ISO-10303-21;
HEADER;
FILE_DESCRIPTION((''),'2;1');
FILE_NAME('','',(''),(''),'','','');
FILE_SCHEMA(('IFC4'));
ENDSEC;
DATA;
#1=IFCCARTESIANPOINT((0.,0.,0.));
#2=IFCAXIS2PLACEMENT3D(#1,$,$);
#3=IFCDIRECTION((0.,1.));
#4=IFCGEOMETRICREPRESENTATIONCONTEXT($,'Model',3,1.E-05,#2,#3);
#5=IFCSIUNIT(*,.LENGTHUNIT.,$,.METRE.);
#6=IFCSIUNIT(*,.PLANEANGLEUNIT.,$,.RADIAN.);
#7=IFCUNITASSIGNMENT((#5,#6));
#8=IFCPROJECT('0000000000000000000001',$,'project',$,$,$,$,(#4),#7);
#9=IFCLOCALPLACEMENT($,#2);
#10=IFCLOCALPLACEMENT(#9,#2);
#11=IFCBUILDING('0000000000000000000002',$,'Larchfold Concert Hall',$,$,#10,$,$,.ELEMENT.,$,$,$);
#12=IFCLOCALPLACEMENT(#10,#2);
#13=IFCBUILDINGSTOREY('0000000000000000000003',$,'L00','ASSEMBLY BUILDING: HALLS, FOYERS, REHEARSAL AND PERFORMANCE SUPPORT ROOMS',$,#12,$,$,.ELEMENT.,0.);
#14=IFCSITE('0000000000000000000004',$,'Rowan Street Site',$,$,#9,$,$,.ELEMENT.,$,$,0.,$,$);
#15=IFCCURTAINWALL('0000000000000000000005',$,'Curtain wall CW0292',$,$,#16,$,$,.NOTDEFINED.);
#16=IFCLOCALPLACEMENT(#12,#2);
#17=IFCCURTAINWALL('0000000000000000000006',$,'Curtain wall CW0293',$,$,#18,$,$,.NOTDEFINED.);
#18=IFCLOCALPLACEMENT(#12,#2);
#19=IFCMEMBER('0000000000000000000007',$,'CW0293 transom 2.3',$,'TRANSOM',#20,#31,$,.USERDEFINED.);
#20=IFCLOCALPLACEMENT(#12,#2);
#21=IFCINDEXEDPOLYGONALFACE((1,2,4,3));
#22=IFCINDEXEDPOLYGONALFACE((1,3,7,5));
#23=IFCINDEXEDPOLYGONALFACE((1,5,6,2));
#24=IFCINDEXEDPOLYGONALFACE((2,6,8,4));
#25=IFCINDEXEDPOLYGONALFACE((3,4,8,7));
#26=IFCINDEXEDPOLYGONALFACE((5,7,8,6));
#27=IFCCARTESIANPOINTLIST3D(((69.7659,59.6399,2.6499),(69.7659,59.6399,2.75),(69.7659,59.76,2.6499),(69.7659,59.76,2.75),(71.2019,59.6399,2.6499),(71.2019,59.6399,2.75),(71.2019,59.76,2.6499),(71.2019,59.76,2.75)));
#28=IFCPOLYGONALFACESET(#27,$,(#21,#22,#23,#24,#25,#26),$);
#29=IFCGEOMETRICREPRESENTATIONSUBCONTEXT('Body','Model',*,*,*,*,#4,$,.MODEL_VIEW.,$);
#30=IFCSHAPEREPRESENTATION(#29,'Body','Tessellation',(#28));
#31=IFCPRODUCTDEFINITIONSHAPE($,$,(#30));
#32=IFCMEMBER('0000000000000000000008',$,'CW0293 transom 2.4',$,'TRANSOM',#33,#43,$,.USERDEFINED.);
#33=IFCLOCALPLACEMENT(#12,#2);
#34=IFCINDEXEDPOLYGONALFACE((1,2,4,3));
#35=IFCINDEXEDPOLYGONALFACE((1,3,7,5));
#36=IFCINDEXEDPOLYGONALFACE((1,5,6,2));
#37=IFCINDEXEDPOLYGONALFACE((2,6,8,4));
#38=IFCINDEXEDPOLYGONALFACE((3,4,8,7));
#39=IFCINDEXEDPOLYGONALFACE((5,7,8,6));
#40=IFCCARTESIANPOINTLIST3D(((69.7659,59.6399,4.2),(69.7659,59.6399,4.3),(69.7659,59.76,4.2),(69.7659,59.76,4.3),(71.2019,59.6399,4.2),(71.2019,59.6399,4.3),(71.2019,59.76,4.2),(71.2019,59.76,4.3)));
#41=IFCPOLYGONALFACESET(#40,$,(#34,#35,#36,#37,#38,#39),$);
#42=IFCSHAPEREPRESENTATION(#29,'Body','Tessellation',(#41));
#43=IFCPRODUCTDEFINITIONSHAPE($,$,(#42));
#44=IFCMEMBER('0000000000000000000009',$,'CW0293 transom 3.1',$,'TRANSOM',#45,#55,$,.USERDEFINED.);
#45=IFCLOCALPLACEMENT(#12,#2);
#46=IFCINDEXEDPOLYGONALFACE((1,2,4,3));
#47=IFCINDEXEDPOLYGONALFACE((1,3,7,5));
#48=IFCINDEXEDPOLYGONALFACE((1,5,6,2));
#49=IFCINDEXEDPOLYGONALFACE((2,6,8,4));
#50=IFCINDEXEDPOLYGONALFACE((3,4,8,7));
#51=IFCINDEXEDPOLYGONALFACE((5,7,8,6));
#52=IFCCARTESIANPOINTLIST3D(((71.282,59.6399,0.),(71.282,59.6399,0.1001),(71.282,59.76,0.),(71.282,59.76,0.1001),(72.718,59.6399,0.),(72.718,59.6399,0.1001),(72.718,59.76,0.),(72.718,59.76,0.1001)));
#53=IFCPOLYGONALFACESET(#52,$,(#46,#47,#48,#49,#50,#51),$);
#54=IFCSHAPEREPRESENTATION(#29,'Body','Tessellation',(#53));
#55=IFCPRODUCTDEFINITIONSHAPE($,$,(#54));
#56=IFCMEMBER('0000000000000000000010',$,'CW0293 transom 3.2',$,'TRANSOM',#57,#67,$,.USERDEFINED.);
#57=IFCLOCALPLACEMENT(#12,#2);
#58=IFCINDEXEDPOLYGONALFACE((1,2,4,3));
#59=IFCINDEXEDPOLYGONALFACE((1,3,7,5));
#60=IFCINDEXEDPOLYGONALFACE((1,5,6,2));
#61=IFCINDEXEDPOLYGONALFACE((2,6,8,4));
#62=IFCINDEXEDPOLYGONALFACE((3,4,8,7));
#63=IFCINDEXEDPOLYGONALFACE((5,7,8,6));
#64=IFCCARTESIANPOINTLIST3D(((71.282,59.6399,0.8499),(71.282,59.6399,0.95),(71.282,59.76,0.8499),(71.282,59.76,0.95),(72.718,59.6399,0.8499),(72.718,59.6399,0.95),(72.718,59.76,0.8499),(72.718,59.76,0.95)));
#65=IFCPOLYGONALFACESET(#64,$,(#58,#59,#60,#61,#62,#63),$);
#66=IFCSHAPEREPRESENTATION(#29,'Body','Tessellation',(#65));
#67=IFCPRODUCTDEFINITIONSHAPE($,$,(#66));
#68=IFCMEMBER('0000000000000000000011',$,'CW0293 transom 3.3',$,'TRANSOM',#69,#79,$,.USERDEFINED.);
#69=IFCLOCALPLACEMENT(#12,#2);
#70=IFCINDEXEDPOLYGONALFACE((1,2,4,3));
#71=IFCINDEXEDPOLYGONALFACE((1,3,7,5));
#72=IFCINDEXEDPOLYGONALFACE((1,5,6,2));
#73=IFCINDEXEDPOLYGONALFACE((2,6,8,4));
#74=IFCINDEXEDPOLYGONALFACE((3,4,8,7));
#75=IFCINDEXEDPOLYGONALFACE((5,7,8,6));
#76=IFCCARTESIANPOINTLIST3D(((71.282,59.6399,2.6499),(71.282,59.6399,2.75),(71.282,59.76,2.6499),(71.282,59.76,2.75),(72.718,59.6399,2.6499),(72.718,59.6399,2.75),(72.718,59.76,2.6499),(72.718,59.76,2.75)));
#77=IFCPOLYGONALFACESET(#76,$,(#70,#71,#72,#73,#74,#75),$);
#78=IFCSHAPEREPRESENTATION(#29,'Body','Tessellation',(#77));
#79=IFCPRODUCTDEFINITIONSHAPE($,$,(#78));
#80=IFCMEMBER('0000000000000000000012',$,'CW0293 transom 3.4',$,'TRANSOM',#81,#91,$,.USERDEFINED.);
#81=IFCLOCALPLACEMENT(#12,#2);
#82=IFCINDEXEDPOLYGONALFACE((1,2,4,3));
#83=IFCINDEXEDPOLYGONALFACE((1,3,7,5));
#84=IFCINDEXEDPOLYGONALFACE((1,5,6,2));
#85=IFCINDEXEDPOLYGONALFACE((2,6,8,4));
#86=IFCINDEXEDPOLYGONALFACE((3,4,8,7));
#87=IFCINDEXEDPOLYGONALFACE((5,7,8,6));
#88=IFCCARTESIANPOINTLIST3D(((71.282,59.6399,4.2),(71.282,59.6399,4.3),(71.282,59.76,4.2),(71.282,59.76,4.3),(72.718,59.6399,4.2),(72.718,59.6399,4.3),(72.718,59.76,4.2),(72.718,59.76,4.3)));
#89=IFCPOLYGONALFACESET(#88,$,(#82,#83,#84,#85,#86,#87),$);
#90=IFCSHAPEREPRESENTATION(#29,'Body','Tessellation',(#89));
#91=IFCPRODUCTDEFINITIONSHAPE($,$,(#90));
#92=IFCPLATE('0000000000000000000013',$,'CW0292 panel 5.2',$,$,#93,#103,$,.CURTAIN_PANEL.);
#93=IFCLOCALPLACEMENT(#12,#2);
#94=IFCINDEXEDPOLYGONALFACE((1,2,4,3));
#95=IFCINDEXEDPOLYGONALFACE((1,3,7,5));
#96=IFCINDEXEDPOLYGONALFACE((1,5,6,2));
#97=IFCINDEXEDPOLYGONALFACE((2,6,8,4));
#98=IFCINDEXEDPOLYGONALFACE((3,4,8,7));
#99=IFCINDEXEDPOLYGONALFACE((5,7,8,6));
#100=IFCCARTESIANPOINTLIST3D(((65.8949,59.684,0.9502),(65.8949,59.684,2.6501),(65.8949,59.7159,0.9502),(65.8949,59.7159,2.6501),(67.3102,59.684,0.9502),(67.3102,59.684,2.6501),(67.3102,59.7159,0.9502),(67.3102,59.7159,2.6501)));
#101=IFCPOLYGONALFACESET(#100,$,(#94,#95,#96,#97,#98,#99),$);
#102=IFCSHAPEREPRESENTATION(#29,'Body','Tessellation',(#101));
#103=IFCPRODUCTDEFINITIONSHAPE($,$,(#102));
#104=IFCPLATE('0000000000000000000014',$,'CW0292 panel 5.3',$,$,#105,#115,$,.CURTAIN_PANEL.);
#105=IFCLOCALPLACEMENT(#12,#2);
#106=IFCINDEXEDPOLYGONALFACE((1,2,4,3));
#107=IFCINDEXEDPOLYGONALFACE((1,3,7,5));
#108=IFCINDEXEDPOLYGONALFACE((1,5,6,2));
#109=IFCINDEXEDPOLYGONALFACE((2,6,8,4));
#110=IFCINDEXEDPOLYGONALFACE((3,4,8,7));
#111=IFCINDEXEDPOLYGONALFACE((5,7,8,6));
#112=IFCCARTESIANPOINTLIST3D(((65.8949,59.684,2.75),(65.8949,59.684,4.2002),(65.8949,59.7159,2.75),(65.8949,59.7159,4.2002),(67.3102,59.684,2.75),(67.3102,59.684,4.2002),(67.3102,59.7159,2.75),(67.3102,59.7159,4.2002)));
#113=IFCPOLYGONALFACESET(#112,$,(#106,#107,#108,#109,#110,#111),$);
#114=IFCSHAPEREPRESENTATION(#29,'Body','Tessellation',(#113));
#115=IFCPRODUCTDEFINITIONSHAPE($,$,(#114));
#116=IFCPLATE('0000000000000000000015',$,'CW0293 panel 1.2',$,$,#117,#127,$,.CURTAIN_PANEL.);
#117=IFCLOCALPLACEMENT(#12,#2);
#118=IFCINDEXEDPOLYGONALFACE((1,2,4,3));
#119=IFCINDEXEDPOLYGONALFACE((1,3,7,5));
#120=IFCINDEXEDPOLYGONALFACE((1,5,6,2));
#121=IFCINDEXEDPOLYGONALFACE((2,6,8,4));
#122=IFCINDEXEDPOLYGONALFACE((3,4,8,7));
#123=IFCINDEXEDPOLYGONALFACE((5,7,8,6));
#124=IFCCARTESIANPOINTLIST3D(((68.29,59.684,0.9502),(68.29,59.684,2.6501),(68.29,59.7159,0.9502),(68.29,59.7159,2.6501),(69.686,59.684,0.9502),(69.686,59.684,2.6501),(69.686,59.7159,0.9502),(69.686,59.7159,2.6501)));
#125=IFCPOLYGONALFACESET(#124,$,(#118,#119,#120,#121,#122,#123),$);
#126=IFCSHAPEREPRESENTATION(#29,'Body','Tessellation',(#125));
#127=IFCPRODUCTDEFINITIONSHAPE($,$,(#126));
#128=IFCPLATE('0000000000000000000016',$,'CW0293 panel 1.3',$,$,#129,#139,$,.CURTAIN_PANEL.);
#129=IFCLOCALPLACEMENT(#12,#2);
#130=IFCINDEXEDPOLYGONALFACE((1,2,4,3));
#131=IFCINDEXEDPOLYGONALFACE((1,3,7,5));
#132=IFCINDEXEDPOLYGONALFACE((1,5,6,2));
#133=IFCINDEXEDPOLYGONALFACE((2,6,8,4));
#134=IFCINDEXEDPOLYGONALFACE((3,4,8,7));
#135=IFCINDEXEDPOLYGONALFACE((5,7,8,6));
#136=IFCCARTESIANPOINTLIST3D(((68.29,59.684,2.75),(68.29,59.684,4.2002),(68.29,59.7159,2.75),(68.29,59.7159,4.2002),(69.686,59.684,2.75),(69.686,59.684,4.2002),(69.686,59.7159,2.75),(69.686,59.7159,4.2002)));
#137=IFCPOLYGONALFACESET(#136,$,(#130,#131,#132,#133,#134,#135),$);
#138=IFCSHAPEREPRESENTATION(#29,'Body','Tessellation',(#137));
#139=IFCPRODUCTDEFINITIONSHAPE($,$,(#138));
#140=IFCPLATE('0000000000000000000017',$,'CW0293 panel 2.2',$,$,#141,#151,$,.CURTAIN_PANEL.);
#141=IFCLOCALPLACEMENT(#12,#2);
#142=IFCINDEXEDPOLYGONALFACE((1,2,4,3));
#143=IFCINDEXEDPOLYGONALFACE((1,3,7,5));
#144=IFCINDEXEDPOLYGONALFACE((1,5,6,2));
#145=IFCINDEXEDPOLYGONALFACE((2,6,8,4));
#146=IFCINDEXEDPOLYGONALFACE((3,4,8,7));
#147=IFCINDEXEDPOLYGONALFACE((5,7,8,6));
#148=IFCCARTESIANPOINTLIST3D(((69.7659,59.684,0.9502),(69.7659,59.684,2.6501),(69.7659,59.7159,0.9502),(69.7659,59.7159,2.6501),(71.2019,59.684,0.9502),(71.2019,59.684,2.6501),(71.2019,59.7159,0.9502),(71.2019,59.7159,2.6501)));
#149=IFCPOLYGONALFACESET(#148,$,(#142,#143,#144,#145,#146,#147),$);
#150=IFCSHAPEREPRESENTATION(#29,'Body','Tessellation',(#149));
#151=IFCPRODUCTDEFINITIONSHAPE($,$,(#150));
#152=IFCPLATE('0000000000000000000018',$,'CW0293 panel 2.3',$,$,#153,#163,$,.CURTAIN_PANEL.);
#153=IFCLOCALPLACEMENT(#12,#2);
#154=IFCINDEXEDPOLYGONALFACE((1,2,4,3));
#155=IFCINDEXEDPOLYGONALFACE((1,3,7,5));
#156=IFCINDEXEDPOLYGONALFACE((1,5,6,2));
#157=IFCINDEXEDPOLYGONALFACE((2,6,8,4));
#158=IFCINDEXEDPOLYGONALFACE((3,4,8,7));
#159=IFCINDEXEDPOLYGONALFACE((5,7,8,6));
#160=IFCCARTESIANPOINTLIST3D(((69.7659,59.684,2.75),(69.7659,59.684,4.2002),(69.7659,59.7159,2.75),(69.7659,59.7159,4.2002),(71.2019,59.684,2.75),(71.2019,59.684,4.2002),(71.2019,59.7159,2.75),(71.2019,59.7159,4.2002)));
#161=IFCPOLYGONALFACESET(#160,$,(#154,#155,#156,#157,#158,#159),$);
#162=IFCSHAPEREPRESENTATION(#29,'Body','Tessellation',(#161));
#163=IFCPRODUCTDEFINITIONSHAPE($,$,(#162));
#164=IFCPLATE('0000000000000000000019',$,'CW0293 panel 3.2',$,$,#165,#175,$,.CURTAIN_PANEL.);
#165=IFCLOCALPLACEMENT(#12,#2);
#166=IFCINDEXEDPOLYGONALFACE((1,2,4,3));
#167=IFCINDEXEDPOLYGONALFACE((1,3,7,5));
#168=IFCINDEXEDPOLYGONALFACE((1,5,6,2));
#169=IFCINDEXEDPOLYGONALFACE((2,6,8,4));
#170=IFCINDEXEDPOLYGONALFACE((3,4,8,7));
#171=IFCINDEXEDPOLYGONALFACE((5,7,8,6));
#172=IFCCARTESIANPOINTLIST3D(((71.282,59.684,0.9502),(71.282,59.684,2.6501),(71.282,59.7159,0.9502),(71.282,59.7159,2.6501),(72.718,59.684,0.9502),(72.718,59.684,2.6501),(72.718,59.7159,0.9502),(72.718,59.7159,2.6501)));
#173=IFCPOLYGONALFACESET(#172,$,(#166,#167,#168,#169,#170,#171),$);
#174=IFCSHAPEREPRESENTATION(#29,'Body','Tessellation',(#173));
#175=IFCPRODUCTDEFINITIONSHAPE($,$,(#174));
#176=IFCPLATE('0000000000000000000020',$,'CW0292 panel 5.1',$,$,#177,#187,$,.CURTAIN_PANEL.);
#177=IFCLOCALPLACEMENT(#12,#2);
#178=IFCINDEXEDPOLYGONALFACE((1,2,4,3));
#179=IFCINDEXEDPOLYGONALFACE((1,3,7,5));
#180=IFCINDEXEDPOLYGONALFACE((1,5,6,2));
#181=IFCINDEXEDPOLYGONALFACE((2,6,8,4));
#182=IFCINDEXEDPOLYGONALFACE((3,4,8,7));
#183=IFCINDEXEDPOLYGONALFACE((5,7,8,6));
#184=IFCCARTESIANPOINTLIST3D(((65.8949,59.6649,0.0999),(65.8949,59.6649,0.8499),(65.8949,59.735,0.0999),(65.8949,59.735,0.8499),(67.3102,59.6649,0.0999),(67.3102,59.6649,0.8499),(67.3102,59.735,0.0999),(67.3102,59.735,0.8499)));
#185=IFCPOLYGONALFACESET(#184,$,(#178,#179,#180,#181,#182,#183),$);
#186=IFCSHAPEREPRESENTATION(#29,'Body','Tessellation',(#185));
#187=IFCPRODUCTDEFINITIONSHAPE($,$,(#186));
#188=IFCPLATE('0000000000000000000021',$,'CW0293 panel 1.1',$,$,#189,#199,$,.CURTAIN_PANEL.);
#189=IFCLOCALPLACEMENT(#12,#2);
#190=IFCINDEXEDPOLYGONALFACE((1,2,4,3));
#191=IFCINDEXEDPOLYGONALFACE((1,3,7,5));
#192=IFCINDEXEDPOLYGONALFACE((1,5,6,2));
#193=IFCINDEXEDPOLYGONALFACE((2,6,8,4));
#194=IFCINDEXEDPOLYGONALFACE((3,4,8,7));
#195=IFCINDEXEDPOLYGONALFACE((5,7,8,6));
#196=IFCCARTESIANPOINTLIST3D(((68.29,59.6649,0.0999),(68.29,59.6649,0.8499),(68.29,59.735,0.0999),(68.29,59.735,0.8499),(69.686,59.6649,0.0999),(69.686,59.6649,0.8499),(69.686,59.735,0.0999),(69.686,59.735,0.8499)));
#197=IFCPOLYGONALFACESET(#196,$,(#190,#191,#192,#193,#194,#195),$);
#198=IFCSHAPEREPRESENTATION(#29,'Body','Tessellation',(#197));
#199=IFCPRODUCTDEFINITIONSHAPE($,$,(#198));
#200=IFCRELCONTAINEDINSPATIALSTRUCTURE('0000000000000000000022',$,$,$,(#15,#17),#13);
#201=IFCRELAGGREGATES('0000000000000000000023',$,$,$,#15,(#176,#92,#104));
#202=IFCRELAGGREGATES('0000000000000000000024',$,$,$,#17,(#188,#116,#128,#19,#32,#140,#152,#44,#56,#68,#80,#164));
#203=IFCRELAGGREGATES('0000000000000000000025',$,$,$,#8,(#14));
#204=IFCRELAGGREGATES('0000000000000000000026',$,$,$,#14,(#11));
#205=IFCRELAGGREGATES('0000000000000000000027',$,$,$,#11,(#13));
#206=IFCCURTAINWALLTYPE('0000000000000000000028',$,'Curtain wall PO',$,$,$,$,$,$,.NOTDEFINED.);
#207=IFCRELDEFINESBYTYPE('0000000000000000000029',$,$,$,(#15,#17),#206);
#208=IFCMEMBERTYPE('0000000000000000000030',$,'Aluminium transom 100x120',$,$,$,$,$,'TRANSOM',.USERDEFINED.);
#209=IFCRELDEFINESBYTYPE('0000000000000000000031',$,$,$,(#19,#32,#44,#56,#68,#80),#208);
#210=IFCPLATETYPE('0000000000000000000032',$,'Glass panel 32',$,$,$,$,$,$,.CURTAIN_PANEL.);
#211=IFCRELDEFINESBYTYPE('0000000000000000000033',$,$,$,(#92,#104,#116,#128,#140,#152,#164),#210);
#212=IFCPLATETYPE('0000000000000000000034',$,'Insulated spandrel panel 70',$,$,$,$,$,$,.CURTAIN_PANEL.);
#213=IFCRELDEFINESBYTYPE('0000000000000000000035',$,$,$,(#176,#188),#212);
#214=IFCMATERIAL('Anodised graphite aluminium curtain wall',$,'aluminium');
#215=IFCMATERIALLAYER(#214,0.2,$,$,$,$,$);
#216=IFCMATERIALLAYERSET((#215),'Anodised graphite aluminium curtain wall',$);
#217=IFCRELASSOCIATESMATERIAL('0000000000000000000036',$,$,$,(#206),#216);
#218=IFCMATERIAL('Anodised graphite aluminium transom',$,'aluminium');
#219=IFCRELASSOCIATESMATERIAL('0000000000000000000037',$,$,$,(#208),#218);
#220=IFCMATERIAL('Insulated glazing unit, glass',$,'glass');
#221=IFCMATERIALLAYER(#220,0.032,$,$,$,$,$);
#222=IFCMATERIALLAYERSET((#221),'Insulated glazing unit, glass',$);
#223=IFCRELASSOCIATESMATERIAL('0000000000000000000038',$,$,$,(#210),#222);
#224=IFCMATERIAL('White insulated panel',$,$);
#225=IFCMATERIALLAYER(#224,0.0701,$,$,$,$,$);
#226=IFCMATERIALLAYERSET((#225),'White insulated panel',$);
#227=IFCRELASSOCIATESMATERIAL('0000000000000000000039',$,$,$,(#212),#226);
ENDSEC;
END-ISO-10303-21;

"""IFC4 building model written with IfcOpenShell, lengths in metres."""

from ifc_helpers import new_model, si_unit, direction, frame, origin, origin_2d, place, context, subcontext, project, spatial, rectangle, extrude, material, layer, layer_set, material_profile, profile_set, type_object, element, aggregate, save


model = new_model("IFC4")

# Units and contexts
model_context = context("Model", 3, precision=1e-05, world=origin(), true_north=direction((0.0, 1.0)))
body_context = subcontext(model_context, "Body", "Model", "MODEL_VIEW")
ifc_project = project(units=[si_unit("LENGTHUNIT", "METRE"), si_unit("PLANEANGLEUNIT", "RADIAN")], contexts=[model_context])

# Site, building, storey
site_placement = place(None, origin())
site = spatial("IfcSite", under=ifc_project, at=site_placement, Name="Rowan Street Site", CompositionType="ELEMENT", RefElevation=0.0)
building_placement = place(site_placement, origin())
building = spatial("IfcBuilding", under=site, at=building_placement, Name="Larchfold Concert Hall", CompositionType="ELEMENT")
storey_placement = place(building_placement, origin())
storey = spatial("IfcBuildingStorey", under=building, at=storey_placement, Name="L00", Description="ASSEMBLY BUILDING: HALLS, FOYERS, REHEARSAL AND PERFORMANCE SUPPORT ROOMS", CompositionType="ELEMENT", Elevation=0.0)

# Curtain walls
ifc_material_1 = material(Name="Anodised graphite aluminium curtain wall", Category="aluminium")
ifc_layer_1 = layer(ifc_material_1, 0.2)
ifc_layer_set_1 = layer_set([ifc_layer_1], Name="Anodised graphite aluminium curtain wall")
curtain_wall_type = type_object("IfcCurtainWallType", Name="Curtain wall PO", PredefinedType="NOTDEFINED", material=ifc_layer_set_1)
curtain_wall_1_placement = place(storey_placement, origin())
curtain_wall_1 = element("IfcCurtainWall", 1, at=curtain_wall_1_placement, inside=storey, type_object=curtain_wall_type, Name="Curtain wall CW0292", PredefinedType="NOTDEFINED")
curtain_wall_2_placement = place(storey_placement, origin())
curtain_wall_2 = element("IfcCurtainWall", 2, at=curtain_wall_2_placement, inside=storey, type_object=curtain_wall_type, Name="Curtain wall CW0293", PredefinedType="NOTDEFINED")

# Members
ifc_material_2 = material(Name="Anodised graphite aluminium transom", Category="aluminium")
ifc_material_profile_1 = material_profile(ifc_material_2, rectangle(XDim=0.1201, YDim=0.1001, at=origin_2d()))
ifc_profile_set_1 = profile_set([ifc_material_profile_1], Name="Anodised graphite aluminium transom")
member_type_1 = type_object("IfcMemberType", Name="Aluminium transom 100x120", ElementType="TRANSOM", PredefinedType="USERDEFINED", material=ifc_profile_set_1)
member_1_placement = place(storey_placement, frame((69.7659, 59.7, 2.7), z_axis=(1.0, 0.0, 0.0), x_axis=(0.0, 1.0, 0.0)))
member_1 = element("IfcMember", 3, at=member_1_placement, type_object=member_type_1, Name="CW0293 transom 2.3", ObjectType="TRANSOM", PredefinedType="USERDEFINED", context=body_context, shape_type="SweptSolid", body=[
    extrude(rectangle(XDim=0.1201, YDim=0.1001, at=origin_2d()), origin(), (0.0, 0.0, 1.0), 1.436),
])
member_2_placement = place(storey_placement, frame((69.7659, 59.7, 4.25), z_axis=(1.0, 0.0, 0.0), x_axis=(0.0, 1.0, 0.0)))
member_2 = element("IfcMember", 4, at=member_2_placement, type_object=member_type_1, Name="CW0293 transom 2.4", ObjectType="TRANSOM", PredefinedType="USERDEFINED", context=body_context, shape_type="SweptSolid", body=[
    extrude(rectangle(XDim=0.1201, YDim=0.1001, at=origin_2d()), origin(), (0.0, 0.0, 1.0), 1.436),
])
member_3_placement = place(storey_placement, frame((71.282, 59.7, 0.05), z_axis=(1.0, 0.0, 0.0), x_axis=(0.0, 1.0, 0.0)))
member_3 = element("IfcMember", 5, at=member_3_placement, type_object=member_type_1, Name="CW0293 transom 3.1", ObjectType="TRANSOM", PredefinedType="USERDEFINED", context=body_context, shape_type="SweptSolid", body=[
    extrude(rectangle(XDim=0.1201, YDim=0.1001, at=origin_2d()), origin(), (0.0, 0.0, 1.0), 1.436),
])
member_4_placement = place(storey_placement, frame((71.282, 59.7, 0.8999), z_axis=(1.0, 0.0, 0.0), x_axis=(0.0, 1.0, 0.0)))
member_4 = element("IfcMember", 6, at=member_4_placement, type_object=member_type_1, Name="CW0293 transom 3.2", ObjectType="TRANSOM", PredefinedType="USERDEFINED", context=body_context, shape_type="SweptSolid", body=[
    extrude(rectangle(XDim=0.1201, YDim=0.1001, at=origin_2d()), origin(), (0.0, 0.0, 1.0), 1.436),
])
member_5_placement = place(storey_placement, frame((71.282, 59.7, 2.7), z_axis=(1.0, 0.0, 0.0), x_axis=(0.0, 1.0, 0.0)))
member_5 = element("IfcMember", 7, at=member_5_placement, type_object=member_type_1, Name="CW0293 transom 3.3", ObjectType="TRANSOM", PredefinedType="USERDEFINED", context=body_context, shape_type="SweptSolid", body=[
    extrude(rectangle(XDim=0.1201, YDim=0.1001, at=origin_2d()), origin(), (0.0, 0.0, 1.0), 1.436),
])
member_6_placement = place(storey_placement, frame((71.282, 59.7, 4.25), z_axis=(1.0, 0.0, 0.0), x_axis=(0.0, 1.0, 0.0)))
member_6 = element("IfcMember", 8, at=member_6_placement, type_object=member_type_1, Name="CW0293 transom 3.4", ObjectType="TRANSOM", PredefinedType="USERDEFINED", context=body_context, shape_type="SweptSolid", body=[
    extrude(rectangle(XDim=0.1201, YDim=0.1001, at=origin_2d()), origin(), (0.0, 0.0, 1.0), 1.436),
])

# Plates
ifc_material_3 = material(Name="Insulated glazing unit, glass", Category="glass")
ifc_layer_2 = layer(ifc_material_3, 0.032)
ifc_layer_set_2 = layer_set([ifc_layer_2], Name="Insulated glazing unit, glass")
plate_type_1 = type_object("IfcPlateType", Name="Glass panel 32", PredefinedType="CURTAIN_PANEL", material=ifc_layer_set_2)
plate_1_placement = place(storey_placement, frame((66.6025, 59.7, 0.9502), z_axis=(0.0, 0.0, 1.0), x_axis=(1.0, 0.0, 0.0)))
plate_1 = element("IfcPlate", 9, at=plate_1_placement, type_object=plate_type_1, Name="CW0292 panel 5.2", PredefinedType="CURTAIN_PANEL", context=body_context, shape_type="SweptSolid", body=[
    extrude(rectangle(XDim=1.4153, YDim=0.032, at=origin_2d()), origin(), (0.0, 0.0, 1.0), 1.7),
])
plate_2_placement = place(storey_placement, frame((66.6025, 59.7, 2.75), z_axis=(0.0, 0.0, 1.0), x_axis=(1.0, 0.0, 0.0)))
plate_2 = element("IfcPlate", 10, at=plate_2_placement, type_object=plate_type_1, Name="CW0292 panel 5.3", PredefinedType="CURTAIN_PANEL", context=body_context, shape_type="SweptSolid", body=[
    extrude(rectangle(XDim=1.4153, YDim=0.032, at=origin_2d()), origin(), (0.0, 0.0, 1.0), 1.4502),
])
plate_3_placement = place(storey_placement, frame((68.988, 59.7, 0.9502), z_axis=(0.0, 0.0, 1.0), x_axis=(1.0, 0.0, 0.0)))
plate_3 = element("IfcPlate", 11, at=plate_3_placement, type_object=plate_type_1, Name="CW0293 panel 1.2", PredefinedType="CURTAIN_PANEL", context=body_context, shape_type="SweptSolid", body=[
    extrude(rectangle(XDim=1.396, YDim=0.032, at=origin_2d()), origin(), (0.0, 0.0, 1.0), 1.7),
])
plate_4_placement = place(storey_placement, frame((68.988, 59.7, 2.75), z_axis=(0.0, 0.0, 1.0), x_axis=(1.0, 0.0, 0.0)))
plate_4 = element("IfcPlate", 12, at=plate_4_placement, type_object=plate_type_1, Name="CW0293 panel 1.3", PredefinedType="CURTAIN_PANEL", context=body_context, shape_type="SweptSolid", body=[
    extrude(rectangle(XDim=1.396, YDim=0.032, at=origin_2d()), origin(), (0.0, 0.0, 1.0), 1.4502),
])
plate_5_placement = place(storey_placement, frame((70.4839, 59.7, 0.9502), z_axis=(0.0, 0.0, 1.0), x_axis=(1.0, 0.0, 0.0)))
plate_5 = element("IfcPlate", 13, at=plate_5_placement, type_object=plate_type_1, Name="CW0293 panel 2.2", PredefinedType="CURTAIN_PANEL", context=body_context, shape_type="SweptSolid", body=[
    extrude(rectangle(XDim=1.436, YDim=0.032, at=origin_2d()), origin(), (0.0, 0.0, 1.0), 1.7),
])
plate_6_placement = place(storey_placement, frame((70.4839, 59.7, 2.75), z_axis=(0.0, 0.0, 1.0), x_axis=(1.0, 0.0, 0.0)))
plate_6 = element("IfcPlate", 14, at=plate_6_placement, type_object=plate_type_1, Name="CW0293 panel 2.3", PredefinedType="CURTAIN_PANEL", context=body_context, shape_type="SweptSolid", body=[
    extrude(rectangle(XDim=1.436, YDim=0.032, at=origin_2d()), origin(), (0.0, 0.0, 1.0), 1.4502),
])
plate_7_placement = place(storey_placement, frame((72.0, 59.7, 0.9502), z_axis=(0.0, 0.0, 1.0), x_axis=(1.0, 0.0, 0.0)))
plate_7 = element("IfcPlate", 15, at=plate_7_placement, type_object=plate_type_1, Name="CW0293 panel 3.2", PredefinedType="CURTAIN_PANEL", context=body_context, shape_type="SweptSolid", body=[
    extrude(rectangle(XDim=1.436, YDim=0.032, at=origin_2d()), origin(), (0.0, 0.0, 1.0), 1.7),
])
ifc_material_4 = material(Name="White insulated panel")
ifc_layer_3 = layer(ifc_material_4, 0.0701)
ifc_layer_set_3 = layer_set([ifc_layer_3], Name="White insulated panel")
plate_type_2 = type_object("IfcPlateType", Name="Insulated spandrel panel 70", PredefinedType="CURTAIN_PANEL", material=ifc_layer_set_3)
plate_8_placement = place(storey_placement, frame((66.6025, 59.7, 0.0999), z_axis=(0.0, 0.0, 1.0), x_axis=(1.0, 0.0, 0.0)))
plate_8 = element("IfcPlate", 16, at=plate_8_placement, type_object=plate_type_2, Name="CW0292 panel 5.1", PredefinedType="CURTAIN_PANEL", context=body_context, shape_type="SweptSolid", body=[
    extrude(rectangle(XDim=1.4153, YDim=0.0701, at=origin_2d()), origin(), (0.0, 0.0, 1.0), 0.75),
])
aggregate(curtain_wall_1, [plate_8, plate_1, plate_2])
plate_9_placement = place(storey_placement, frame((68.988, 59.7, 0.0999), z_axis=(0.0, 0.0, 1.0), x_axis=(1.0, 0.0, 0.0)))
plate_9 = element("IfcPlate", 17, at=plate_9_placement, type_object=plate_type_2, Name="CW0293 panel 1.1", PredefinedType="CURTAIN_PANEL", context=body_context, shape_type="SweptSolid", body=[
    extrude(rectangle(XDim=1.396, YDim=0.0701, at=origin_2d()), origin(), (0.0, 0.0, 1.0), 0.75),
])
aggregate(curtain_wall_2, [plate_9, plate_3, plate_4, member_1, member_2, plate_5, plate_6, member_3, member_4, member_5, member_6, plate_7])

save(model, "model.ifc")
